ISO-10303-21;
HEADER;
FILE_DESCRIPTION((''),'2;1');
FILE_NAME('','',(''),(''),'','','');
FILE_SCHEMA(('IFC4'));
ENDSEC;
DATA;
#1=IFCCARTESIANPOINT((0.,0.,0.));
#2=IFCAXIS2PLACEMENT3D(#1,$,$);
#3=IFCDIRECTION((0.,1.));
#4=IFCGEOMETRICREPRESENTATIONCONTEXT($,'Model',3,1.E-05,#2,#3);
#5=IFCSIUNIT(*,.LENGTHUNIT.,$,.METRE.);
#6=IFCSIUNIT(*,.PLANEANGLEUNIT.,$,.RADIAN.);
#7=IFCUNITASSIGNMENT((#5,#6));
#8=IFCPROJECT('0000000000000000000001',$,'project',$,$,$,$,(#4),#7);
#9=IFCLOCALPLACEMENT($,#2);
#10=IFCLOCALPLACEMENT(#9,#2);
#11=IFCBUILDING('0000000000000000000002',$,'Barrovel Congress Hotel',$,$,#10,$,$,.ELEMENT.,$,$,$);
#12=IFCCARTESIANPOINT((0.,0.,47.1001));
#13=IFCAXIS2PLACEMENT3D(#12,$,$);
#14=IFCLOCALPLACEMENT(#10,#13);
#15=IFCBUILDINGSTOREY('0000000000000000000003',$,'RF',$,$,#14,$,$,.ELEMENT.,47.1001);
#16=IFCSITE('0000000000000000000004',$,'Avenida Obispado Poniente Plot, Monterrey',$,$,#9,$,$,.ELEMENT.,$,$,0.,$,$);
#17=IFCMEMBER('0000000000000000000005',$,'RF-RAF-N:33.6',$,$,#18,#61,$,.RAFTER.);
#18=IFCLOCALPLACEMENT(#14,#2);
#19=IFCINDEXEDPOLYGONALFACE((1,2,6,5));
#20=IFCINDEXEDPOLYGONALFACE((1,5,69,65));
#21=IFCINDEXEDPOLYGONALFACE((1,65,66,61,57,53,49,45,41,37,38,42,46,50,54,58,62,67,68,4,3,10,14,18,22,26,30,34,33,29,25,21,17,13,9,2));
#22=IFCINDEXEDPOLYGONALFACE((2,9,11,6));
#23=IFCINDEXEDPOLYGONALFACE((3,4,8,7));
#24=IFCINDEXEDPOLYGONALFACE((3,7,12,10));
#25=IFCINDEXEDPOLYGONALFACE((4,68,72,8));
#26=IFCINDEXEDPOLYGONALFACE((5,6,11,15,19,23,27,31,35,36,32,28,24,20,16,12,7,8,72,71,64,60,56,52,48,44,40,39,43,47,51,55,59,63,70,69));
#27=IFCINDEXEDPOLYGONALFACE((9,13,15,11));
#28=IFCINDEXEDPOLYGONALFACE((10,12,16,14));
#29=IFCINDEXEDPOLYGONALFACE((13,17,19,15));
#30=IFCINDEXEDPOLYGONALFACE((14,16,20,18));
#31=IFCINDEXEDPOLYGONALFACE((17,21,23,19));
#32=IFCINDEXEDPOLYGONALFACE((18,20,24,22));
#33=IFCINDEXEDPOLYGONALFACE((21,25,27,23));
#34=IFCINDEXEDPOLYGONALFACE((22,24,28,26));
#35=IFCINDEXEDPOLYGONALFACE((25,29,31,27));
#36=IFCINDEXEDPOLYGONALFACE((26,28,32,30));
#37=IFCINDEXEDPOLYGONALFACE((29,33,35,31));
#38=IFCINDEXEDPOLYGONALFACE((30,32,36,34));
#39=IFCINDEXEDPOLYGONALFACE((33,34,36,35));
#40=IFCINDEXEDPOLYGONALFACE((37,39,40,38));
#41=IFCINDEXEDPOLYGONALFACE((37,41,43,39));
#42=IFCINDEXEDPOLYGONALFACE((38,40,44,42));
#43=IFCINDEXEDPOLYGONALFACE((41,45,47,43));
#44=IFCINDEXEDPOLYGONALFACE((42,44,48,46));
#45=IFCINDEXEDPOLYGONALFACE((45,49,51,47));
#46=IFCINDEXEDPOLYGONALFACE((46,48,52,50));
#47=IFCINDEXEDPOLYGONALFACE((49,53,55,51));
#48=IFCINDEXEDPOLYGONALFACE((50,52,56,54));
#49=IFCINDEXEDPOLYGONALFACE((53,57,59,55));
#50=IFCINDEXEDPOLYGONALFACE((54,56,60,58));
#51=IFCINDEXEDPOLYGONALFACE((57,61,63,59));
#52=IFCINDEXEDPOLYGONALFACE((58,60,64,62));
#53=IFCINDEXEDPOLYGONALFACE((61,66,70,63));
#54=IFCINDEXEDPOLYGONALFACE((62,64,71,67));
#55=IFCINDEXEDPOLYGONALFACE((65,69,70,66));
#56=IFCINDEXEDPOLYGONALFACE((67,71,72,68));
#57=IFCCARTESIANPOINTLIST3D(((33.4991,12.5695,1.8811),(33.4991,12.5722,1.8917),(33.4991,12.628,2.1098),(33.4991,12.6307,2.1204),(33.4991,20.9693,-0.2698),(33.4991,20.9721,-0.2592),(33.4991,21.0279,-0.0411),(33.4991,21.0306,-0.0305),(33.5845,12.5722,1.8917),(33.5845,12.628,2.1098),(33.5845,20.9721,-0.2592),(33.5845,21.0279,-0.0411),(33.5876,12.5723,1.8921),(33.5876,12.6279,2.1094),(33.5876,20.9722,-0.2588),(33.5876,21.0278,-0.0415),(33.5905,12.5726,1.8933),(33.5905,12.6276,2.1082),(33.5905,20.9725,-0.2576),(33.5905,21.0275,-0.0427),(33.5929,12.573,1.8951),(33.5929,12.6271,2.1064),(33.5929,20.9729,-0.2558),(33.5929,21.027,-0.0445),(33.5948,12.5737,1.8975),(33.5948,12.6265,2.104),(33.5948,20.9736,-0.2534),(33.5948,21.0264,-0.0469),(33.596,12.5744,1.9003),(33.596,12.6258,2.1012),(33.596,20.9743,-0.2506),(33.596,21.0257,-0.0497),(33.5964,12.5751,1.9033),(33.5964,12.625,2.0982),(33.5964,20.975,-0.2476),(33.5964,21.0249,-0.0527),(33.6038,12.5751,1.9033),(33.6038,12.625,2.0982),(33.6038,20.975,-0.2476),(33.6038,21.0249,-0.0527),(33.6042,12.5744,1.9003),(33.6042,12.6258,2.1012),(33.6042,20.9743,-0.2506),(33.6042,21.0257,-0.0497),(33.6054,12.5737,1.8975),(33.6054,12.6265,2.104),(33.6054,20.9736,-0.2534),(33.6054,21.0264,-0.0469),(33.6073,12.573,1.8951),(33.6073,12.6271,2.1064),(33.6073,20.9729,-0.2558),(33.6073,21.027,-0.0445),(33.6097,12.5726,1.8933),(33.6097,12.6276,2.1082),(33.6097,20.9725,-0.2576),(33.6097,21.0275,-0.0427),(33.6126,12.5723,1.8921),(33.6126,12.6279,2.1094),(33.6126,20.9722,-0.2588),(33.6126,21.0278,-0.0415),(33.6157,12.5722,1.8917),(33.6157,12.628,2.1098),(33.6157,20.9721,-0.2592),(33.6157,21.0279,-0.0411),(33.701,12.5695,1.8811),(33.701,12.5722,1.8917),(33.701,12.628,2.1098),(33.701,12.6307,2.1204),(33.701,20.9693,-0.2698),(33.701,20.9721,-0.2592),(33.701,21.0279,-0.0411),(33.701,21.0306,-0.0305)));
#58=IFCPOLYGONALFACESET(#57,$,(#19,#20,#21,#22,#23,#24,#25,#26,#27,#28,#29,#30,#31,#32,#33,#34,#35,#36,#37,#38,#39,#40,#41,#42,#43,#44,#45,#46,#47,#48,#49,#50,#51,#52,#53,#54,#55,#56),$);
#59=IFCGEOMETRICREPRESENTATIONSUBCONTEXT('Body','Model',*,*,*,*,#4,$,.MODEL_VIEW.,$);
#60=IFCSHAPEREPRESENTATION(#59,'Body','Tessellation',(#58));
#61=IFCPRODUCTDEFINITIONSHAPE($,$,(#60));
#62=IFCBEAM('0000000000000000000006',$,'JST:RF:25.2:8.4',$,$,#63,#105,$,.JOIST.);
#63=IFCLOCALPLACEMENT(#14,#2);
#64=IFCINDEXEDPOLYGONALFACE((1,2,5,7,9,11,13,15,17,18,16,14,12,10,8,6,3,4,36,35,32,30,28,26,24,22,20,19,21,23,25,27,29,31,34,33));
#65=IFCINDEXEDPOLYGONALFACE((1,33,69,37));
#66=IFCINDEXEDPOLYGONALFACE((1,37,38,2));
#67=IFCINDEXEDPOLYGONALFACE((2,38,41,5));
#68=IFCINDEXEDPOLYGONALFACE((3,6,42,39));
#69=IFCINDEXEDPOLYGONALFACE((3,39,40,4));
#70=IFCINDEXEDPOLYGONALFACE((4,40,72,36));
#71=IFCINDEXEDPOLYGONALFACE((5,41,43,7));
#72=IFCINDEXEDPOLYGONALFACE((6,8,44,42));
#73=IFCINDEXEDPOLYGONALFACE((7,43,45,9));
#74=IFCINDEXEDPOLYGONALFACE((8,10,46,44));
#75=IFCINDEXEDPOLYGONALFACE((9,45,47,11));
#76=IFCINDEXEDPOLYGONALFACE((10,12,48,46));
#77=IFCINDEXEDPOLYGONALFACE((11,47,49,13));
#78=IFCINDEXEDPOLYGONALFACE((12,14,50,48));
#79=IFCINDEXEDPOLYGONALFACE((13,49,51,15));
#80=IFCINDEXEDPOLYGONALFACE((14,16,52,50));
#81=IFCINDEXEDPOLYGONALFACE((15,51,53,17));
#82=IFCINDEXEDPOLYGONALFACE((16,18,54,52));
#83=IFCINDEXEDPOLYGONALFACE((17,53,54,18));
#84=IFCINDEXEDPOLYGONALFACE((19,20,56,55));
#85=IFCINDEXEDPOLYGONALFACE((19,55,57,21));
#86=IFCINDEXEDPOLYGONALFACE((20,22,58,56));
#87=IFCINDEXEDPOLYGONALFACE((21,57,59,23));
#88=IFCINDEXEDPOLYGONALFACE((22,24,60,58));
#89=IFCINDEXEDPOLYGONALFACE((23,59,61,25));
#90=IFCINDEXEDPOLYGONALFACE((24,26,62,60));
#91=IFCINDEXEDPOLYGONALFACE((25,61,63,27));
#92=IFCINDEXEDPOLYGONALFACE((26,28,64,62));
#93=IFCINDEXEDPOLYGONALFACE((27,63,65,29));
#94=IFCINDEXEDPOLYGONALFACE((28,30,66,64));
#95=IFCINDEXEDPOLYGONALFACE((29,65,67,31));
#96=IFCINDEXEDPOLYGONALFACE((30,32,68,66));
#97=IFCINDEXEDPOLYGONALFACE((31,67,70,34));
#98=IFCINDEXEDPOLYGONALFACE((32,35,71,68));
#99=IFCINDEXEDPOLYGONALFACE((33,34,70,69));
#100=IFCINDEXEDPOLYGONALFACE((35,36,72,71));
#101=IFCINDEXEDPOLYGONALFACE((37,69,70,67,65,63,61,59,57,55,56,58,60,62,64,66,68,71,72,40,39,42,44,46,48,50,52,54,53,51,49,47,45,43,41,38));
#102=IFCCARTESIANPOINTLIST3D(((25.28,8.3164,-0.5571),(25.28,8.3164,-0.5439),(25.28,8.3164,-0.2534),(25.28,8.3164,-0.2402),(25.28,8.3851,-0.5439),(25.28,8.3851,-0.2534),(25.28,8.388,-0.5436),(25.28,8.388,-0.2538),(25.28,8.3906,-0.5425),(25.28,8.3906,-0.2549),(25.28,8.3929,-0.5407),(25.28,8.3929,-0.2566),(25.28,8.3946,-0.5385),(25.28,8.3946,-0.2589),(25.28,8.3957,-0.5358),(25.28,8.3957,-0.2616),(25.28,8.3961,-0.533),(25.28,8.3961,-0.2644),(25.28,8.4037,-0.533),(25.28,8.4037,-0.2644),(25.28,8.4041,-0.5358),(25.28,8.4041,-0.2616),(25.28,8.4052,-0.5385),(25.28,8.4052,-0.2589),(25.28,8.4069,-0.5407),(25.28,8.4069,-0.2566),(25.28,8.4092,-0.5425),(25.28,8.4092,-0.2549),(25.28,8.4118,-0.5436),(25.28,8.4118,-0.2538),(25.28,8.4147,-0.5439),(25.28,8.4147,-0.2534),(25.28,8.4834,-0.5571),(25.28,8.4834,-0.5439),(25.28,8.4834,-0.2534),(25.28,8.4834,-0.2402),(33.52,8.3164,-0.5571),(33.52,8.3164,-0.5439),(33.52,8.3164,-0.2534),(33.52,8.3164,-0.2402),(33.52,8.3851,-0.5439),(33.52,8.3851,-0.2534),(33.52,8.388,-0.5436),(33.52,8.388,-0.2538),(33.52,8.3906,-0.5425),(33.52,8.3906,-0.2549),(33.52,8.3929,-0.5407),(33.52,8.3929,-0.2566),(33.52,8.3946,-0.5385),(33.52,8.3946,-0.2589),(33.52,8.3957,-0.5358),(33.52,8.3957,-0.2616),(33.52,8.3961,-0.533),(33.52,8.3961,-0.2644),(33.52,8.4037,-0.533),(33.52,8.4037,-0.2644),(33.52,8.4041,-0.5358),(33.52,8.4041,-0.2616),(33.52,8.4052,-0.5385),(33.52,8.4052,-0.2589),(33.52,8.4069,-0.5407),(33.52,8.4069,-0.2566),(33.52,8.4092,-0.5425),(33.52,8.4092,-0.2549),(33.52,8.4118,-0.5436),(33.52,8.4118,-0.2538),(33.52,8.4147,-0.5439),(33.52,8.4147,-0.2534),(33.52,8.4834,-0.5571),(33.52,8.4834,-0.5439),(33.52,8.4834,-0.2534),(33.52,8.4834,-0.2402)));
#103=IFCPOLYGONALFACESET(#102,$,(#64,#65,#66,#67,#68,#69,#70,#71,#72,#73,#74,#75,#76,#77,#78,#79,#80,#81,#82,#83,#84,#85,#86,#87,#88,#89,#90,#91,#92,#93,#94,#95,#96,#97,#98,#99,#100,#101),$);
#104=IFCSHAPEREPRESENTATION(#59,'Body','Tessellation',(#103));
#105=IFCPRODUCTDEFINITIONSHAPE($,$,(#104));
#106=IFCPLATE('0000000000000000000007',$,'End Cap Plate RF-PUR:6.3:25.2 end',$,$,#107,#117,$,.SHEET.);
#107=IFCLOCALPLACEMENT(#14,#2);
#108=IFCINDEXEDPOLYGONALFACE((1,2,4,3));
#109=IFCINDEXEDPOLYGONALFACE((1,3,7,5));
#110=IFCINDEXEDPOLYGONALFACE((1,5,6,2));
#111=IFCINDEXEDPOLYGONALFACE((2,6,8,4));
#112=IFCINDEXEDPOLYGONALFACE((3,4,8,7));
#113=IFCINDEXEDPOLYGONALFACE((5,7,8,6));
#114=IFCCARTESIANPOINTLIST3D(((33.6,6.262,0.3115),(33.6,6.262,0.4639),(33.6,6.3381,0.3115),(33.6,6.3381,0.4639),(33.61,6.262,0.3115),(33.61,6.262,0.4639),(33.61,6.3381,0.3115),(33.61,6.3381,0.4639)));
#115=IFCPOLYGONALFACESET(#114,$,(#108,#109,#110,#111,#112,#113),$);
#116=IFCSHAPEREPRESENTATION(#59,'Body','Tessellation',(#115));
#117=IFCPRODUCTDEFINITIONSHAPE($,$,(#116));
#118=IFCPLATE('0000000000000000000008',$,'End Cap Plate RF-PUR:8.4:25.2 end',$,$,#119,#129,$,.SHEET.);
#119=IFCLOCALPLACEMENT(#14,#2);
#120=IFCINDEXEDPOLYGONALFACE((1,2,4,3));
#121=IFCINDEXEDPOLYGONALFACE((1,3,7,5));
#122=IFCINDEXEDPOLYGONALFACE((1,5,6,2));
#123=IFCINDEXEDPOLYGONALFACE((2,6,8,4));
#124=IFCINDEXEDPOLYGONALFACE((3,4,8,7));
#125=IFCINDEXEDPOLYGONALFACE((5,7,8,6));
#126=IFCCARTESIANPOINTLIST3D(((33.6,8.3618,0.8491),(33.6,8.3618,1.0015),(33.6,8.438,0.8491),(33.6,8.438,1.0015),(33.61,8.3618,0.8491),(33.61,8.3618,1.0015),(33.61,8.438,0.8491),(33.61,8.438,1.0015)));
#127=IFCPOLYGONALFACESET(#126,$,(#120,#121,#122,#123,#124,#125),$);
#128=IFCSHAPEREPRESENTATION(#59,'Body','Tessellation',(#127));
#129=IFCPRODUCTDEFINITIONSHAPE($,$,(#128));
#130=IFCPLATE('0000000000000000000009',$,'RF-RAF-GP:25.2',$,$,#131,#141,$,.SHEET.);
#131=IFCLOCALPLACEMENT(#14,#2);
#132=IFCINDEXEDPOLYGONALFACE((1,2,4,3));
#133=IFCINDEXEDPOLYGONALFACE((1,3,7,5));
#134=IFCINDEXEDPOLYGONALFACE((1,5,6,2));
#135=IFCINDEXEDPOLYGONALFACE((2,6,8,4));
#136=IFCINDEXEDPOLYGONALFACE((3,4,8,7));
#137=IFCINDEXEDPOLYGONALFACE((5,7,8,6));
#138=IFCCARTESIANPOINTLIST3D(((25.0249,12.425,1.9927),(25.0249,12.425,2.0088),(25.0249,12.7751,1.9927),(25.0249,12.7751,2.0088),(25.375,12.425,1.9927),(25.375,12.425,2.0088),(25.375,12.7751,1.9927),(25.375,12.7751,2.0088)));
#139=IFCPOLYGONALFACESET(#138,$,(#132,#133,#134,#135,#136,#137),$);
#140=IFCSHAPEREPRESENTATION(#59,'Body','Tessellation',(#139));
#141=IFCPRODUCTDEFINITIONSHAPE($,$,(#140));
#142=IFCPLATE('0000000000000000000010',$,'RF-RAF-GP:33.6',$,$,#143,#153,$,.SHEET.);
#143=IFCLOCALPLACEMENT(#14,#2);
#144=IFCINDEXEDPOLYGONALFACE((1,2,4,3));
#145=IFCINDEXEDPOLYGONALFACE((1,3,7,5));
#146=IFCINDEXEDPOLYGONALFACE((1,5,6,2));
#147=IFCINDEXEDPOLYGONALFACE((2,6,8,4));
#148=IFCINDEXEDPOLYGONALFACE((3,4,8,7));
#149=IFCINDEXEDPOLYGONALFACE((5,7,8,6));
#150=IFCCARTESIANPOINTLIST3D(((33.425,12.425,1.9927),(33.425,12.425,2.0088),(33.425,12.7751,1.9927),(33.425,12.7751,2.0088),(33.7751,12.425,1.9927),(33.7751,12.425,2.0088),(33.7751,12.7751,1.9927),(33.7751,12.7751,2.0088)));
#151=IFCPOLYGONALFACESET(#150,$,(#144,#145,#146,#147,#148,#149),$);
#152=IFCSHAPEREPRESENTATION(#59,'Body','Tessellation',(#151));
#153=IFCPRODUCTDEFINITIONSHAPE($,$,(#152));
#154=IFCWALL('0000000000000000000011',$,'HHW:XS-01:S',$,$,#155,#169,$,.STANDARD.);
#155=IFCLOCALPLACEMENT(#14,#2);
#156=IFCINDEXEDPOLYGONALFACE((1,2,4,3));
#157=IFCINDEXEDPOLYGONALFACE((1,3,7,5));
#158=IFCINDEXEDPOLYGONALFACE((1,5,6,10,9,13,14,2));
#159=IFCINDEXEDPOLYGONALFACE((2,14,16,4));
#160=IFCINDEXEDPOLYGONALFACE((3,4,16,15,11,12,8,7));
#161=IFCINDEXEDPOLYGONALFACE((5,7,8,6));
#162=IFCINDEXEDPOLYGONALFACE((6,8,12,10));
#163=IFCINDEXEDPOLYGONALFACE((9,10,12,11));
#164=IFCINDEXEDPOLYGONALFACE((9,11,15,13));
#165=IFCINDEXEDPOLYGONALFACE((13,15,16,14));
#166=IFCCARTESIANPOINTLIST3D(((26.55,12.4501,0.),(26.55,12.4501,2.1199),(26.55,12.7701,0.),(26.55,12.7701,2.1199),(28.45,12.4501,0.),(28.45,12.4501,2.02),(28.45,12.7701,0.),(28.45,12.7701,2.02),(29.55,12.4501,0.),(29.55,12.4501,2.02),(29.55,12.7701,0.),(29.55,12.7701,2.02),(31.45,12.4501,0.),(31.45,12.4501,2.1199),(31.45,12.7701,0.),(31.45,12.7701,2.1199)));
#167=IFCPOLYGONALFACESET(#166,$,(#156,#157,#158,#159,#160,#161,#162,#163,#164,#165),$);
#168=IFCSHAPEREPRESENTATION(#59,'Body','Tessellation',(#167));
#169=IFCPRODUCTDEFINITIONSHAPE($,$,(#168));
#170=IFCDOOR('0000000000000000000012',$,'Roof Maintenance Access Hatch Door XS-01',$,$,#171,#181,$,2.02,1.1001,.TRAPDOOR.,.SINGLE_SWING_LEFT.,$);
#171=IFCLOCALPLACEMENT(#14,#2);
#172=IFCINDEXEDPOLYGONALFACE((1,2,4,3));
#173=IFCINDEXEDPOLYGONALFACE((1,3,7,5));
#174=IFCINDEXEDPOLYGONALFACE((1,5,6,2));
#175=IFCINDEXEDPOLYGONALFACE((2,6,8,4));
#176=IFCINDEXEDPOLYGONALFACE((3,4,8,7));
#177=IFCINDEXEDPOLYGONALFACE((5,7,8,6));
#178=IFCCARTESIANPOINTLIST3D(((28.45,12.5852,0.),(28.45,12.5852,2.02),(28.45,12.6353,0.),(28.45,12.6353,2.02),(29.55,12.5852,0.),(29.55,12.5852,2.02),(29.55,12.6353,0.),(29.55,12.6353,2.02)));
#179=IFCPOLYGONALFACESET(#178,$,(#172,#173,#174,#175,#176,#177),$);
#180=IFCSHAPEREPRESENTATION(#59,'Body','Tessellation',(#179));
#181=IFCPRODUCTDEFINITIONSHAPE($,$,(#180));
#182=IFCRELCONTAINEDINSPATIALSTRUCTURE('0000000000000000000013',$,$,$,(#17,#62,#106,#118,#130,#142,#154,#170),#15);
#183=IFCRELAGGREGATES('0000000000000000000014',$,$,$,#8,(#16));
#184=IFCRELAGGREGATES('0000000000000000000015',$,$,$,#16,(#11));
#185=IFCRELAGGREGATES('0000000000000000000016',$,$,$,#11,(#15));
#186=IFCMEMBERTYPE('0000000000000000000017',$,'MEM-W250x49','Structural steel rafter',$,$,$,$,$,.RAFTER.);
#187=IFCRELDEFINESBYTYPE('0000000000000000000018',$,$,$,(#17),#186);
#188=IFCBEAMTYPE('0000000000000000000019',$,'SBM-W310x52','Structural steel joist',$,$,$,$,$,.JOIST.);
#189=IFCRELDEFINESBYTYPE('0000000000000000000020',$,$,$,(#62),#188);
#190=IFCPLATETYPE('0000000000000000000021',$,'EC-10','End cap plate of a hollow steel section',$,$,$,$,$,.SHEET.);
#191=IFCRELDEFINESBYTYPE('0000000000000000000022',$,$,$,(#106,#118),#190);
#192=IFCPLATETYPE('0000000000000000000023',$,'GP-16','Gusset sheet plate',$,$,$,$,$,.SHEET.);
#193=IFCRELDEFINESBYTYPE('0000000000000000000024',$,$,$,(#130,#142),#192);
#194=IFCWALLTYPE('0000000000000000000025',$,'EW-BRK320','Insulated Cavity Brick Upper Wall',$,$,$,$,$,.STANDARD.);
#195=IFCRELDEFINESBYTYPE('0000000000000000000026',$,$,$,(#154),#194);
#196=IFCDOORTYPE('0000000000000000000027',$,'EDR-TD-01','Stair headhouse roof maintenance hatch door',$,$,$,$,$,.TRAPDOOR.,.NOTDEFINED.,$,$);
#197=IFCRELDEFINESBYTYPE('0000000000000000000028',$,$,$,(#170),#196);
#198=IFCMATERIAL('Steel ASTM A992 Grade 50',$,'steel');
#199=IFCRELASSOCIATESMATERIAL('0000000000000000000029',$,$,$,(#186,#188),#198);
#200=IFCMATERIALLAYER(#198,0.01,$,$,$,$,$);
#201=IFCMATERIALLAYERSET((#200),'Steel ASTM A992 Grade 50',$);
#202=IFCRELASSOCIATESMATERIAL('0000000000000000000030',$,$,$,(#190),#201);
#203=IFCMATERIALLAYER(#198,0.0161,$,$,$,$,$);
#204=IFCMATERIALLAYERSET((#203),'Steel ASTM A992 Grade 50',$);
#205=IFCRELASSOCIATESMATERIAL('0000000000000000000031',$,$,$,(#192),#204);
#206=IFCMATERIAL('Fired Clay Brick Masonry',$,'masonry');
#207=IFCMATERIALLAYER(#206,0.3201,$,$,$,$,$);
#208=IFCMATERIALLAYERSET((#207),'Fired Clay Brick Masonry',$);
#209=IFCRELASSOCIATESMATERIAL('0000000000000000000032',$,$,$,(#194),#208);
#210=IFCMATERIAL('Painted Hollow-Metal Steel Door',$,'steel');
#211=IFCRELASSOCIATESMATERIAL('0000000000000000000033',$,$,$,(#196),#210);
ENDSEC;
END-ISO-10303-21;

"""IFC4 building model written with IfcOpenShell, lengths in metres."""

from ifc_helpers import new_model, si_unit, direction, frame, frame_2d, origin, origin_2d, place, context, subcontext, project, spatial, rectangle, i_section, extrude, material, layer, layer_set, material_profile, profile_set, type_object, element, fill, save


model = new_model("IFC4")

# Units and contexts
model_context = context("Model", 3, precision=1e-05, world=origin(), true_north=direction((0.0, 1.0)))
body_context = subcontext(model_context, "Body", "Model", "MODEL_VIEW")
ifc_project = project(units=[si_unit("LENGTHUNIT", "METRE"), si_unit("PLANEANGLEUNIT", "RADIAN")], contexts=[model_context])

# Site, building, storey
site_placement = place(None, origin())
site = spatial("IfcSite", under=ifc_project, at=site_placement, Name="Avenida Obispado Poniente Plot, Monterrey", CompositionType="ELEMENT", RefElevation=0.0)
building_placement = place(site_placement, origin())
building = spatial("IfcBuilding", under=site, at=building_placement, Name="Barrovel Congress Hotel", CompositionType="ELEMENT")
storey_placement = place(building_placement, frame((0.0, 0.0, 47.1001)))
storey = spatial("IfcBuildingStorey", under=building, at=storey_placement, Name="RF", CompositionType="ELEMENT", Elevation=47.1001)

# Member
ifc_material_1 = material(Name="Steel ASTM A992 Grade 50", Category="steel")
ifc_material_profile_1 = material_profile(ifc_material_1, i_section(OverallWidth=0.2019, OverallDepth=0.2471, WebThickness=0.0073, FlangeThickness=0.011, FilletRadius=0.012, at=origin_2d()), Name="W250x49")
ifc_profile_set_1 = profile_set([ifc_material_profile_1], Name="Steel ASTM A992 Grade 50")
member_type_1 = type_object("IfcMemberType", Name="MEM-W250x49", Description="Structural steel rafter", PredefinedType="RAFTER", material=ifc_profile_set_1)
member_1_placement = place(storey_placement, frame((33.6001, 12.6001, 2.0007), z_axis=(0.0, 0.968745, -0.248057), x_axis=(-1.0, 0.0, 0.0)))
element("IfcMember", 1, at=member_1_placement, inside=storey, type_object=member_type_1, Name="RF-RAF-N:33.6", PredefinedType="RAFTER", context=body_context, shape_type="SweptSolid", body=[
    extrude(i_section(OverallWidth=0.2019, OverallDepth=0.2471, WebThickness=0.0073, FlangeThickness=0.011, FilletRadius=0.012, at=origin_2d()), origin(), (0.0, 0.0, 1.0), 8.6709),
])

# Beam
ifc_material_profile_2 = material_profile(ifc_material_1, i_section(OverallWidth=0.167, OverallDepth=0.3169, WebThickness=0.0076, FlangeThickness=0.0132, FilletRadius=0.011, at=origin_2d()), Name="W310x52")
ifc_profile_set_2 = profile_set([ifc_material_profile_2], Name="Steel ASTM A992 Grade 50")
beam_type_1 = type_object("IfcBeamType", Name="SBM-W310x52", Description="Structural steel joist", PredefinedType="JOIST", material=ifc_profile_set_2)
beam_1_placement = place(storey_placement, frame((25.28, 8.3999, -0.3987), z_axis=(1.0, 0.0, 0.0), x_axis=(0.0, 1.0, 0.0)))
element("IfcBeam", 2, at=beam_1_placement, inside=storey, type_object=beam_type_1, Name="JST:RF:25.2:8.4", PredefinedType="JOIST", context=body_context, shape_type="SweptSolid", body=[
    extrude(i_section(OverallWidth=0.167, OverallDepth=0.3169, WebThickness=0.0076, FlangeThickness=0.0132, FilletRadius=0.011, at=origin_2d()), origin(), (0.0, 0.0, 1.0), 8.24),
])

# Plates
ifc_layer_1 = layer(ifc_material_1, 0.01)
ifc_layer_set_1 = layer_set([ifc_layer_1], Name="Steel ASTM A992 Grade 50")
plate_type_1 = type_object("IfcPlateType", Name="EC-10", Description="End cap plate of a hollow steel section", PredefinedType="SHEET", material=ifc_layer_set_1)
for number, where, z_axis, x_axis, name in (
    (3, (33.605, 6.3, 0.3115), (0.0, 0.0, 1.0), (1.0, 0.0, 0.0), "End Cap Plate RF-PUR:6.3:25.2 end"),
    (4, (33.605, 8.3999, 0.8491), (0.0, 0.0, 1.0), (1.0, 0.0, 0.0), "End Cap Plate RF-PUR:8.4:25.2 end"),
):
    element("IfcPlate", number, at=place(storey_placement, frame(where, z_axis=z_axis, x_axis=x_axis)), inside=storey, type_object=plate_type_1, Name=name, PredefinedType="SHEET", context=body_context, shape_type="SweptSolid", body=[
        extrude(rectangle(XDim=0.01, YDim=0.0762, at=origin_2d()), origin(), (0.0, 0.0, 1.0), 0.1523),
    ])
ifc_layer_2 = layer(ifc_material_1, 0.0161)
ifc_layer_set_2 = layer_set([ifc_layer_2], Name="Steel ASTM A992 Grade 50")
plate_type_2 = type_object("IfcPlateType", Name="GP-16", Description="Gusset sheet plate", PredefinedType="SHEET", material=ifc_layer_set_2)
for number, where, z_axis, x_axis, name in (
    (5, (25.2, 12.6001, 1.9927), (0.0, 0.0, 1.0), (1.0, 0.0, 0.0), "RF-RAF-GP:25.2"),
    (6, (33.6001, 12.6001, 1.9927), (0.0, 0.0, 1.0), (1.0, 0.0, 0.0), "RF-RAF-GP:33.6"),
):
    element("IfcPlate", number, at=place(storey_placement, frame(where, z_axis=z_axis, x_axis=x_axis)), inside=storey, type_object=plate_type_2, Name=name, PredefinedType="SHEET", context=body_context, shape_type="SweptSolid", body=[
        extrude(rectangle(XDim=0.3501, YDim=0.3501, at=origin_2d()), origin(), (0.0, 0.0, 1.0), 0.0161),
    ])

# Wall, opening, door
ifc_material_2 = material(Name="Fired Clay Brick Masonry", Category="masonry")
ifc_layer_3 = layer(ifc_material_2, 0.3201)
ifc_layer_set_3 = layer_set([ifc_layer_3], Name="Fired Clay Brick Masonry")
wall_type_1 = type_object("IfcWallType", Name="EW-BRK320", Description="Insulated Cavity Brick Upper Wall", PredefinedType="STANDARD", material=ifc_layer_set_3)
wall_1_placement = place(storey_placement, frame((26.55, 12.6101, 0.0), z_axis=(0.0, 0.0, 1.0), x_axis=(1.0, 0.0, 0.0)))
wall_1 = element("IfcWall", 7, at=wall_1_placement, inside=storey, type_object=wall_type_1, Name="HHW:XS-01:S", PredefinedType="STANDARD", context=body_context, shape_type="SweptSolid", body=[
    extrude(rectangle(XDim=4.8999, YDim=0.3201, at=frame_2d((2.45, 0.0))), origin(), (0.0, 0.0, 1.0), 2.1199),
])
opening_placement = place(wall_1_placement, frame((3.0, 0.0, 0.0), z_axis=(0.0, 0.0, 1.0), x_axis=(-1.0, 0.0, 0.0)))
opening = element("IfcOpeningElement", 8, at=opening_placement, cuts=wall_1, PredefinedType="OPENING", context=body_context, shape_type="SweptSolid", body=[
    extrude(rectangle(XDim=1.1001, YDim=2.02, at=frame_2d((0.55, 1.01))), frame((0.0, 0.1699, 0.0), z_axis=(0.0, -1.0, 0.0), x_axis=(1.0, 0.0, 0.0)), (0.0, 0.0, 1.0), 0.3401),
])
ifc_material_3 = material(Name="Painted Hollow-Metal Steel Door", Category="steel")
door_type = type_object("IfcDoorType", Name="EDR-TD-01", Description="Stair headhouse roof maintenance hatch door", OperationType="NOTDEFINED", PredefinedType="TRAPDOOR", material=ifc_material_3)
door_placement = place(opening_placement, origin())
door = element("IfcDoor", 9, at=door_placement, inside=storey, type_object=door_type, Name="Roof Maintenance Access Hatch Door XS-01", OperationType="SINGLE_SWING_LEFT", OverallHeight=2.02, OverallWidth=1.1001, PredefinedType="TRAPDOOR", context=body_context, shape_type="SweptSolid", body=[
    extrude(rectangle(XDim=1.1001, YDim=2.02, at=frame_2d((0.55, 1.01))), frame((0.0, 0.0249, 0.0), z_axis=(0.0, -1.0, 0.0), x_axis=(1.0, 0.0, 0.0)), (0.0, 0.0, 1.0), 0.05),
])
fill(opening, door)

save(model, "model.ifc")
